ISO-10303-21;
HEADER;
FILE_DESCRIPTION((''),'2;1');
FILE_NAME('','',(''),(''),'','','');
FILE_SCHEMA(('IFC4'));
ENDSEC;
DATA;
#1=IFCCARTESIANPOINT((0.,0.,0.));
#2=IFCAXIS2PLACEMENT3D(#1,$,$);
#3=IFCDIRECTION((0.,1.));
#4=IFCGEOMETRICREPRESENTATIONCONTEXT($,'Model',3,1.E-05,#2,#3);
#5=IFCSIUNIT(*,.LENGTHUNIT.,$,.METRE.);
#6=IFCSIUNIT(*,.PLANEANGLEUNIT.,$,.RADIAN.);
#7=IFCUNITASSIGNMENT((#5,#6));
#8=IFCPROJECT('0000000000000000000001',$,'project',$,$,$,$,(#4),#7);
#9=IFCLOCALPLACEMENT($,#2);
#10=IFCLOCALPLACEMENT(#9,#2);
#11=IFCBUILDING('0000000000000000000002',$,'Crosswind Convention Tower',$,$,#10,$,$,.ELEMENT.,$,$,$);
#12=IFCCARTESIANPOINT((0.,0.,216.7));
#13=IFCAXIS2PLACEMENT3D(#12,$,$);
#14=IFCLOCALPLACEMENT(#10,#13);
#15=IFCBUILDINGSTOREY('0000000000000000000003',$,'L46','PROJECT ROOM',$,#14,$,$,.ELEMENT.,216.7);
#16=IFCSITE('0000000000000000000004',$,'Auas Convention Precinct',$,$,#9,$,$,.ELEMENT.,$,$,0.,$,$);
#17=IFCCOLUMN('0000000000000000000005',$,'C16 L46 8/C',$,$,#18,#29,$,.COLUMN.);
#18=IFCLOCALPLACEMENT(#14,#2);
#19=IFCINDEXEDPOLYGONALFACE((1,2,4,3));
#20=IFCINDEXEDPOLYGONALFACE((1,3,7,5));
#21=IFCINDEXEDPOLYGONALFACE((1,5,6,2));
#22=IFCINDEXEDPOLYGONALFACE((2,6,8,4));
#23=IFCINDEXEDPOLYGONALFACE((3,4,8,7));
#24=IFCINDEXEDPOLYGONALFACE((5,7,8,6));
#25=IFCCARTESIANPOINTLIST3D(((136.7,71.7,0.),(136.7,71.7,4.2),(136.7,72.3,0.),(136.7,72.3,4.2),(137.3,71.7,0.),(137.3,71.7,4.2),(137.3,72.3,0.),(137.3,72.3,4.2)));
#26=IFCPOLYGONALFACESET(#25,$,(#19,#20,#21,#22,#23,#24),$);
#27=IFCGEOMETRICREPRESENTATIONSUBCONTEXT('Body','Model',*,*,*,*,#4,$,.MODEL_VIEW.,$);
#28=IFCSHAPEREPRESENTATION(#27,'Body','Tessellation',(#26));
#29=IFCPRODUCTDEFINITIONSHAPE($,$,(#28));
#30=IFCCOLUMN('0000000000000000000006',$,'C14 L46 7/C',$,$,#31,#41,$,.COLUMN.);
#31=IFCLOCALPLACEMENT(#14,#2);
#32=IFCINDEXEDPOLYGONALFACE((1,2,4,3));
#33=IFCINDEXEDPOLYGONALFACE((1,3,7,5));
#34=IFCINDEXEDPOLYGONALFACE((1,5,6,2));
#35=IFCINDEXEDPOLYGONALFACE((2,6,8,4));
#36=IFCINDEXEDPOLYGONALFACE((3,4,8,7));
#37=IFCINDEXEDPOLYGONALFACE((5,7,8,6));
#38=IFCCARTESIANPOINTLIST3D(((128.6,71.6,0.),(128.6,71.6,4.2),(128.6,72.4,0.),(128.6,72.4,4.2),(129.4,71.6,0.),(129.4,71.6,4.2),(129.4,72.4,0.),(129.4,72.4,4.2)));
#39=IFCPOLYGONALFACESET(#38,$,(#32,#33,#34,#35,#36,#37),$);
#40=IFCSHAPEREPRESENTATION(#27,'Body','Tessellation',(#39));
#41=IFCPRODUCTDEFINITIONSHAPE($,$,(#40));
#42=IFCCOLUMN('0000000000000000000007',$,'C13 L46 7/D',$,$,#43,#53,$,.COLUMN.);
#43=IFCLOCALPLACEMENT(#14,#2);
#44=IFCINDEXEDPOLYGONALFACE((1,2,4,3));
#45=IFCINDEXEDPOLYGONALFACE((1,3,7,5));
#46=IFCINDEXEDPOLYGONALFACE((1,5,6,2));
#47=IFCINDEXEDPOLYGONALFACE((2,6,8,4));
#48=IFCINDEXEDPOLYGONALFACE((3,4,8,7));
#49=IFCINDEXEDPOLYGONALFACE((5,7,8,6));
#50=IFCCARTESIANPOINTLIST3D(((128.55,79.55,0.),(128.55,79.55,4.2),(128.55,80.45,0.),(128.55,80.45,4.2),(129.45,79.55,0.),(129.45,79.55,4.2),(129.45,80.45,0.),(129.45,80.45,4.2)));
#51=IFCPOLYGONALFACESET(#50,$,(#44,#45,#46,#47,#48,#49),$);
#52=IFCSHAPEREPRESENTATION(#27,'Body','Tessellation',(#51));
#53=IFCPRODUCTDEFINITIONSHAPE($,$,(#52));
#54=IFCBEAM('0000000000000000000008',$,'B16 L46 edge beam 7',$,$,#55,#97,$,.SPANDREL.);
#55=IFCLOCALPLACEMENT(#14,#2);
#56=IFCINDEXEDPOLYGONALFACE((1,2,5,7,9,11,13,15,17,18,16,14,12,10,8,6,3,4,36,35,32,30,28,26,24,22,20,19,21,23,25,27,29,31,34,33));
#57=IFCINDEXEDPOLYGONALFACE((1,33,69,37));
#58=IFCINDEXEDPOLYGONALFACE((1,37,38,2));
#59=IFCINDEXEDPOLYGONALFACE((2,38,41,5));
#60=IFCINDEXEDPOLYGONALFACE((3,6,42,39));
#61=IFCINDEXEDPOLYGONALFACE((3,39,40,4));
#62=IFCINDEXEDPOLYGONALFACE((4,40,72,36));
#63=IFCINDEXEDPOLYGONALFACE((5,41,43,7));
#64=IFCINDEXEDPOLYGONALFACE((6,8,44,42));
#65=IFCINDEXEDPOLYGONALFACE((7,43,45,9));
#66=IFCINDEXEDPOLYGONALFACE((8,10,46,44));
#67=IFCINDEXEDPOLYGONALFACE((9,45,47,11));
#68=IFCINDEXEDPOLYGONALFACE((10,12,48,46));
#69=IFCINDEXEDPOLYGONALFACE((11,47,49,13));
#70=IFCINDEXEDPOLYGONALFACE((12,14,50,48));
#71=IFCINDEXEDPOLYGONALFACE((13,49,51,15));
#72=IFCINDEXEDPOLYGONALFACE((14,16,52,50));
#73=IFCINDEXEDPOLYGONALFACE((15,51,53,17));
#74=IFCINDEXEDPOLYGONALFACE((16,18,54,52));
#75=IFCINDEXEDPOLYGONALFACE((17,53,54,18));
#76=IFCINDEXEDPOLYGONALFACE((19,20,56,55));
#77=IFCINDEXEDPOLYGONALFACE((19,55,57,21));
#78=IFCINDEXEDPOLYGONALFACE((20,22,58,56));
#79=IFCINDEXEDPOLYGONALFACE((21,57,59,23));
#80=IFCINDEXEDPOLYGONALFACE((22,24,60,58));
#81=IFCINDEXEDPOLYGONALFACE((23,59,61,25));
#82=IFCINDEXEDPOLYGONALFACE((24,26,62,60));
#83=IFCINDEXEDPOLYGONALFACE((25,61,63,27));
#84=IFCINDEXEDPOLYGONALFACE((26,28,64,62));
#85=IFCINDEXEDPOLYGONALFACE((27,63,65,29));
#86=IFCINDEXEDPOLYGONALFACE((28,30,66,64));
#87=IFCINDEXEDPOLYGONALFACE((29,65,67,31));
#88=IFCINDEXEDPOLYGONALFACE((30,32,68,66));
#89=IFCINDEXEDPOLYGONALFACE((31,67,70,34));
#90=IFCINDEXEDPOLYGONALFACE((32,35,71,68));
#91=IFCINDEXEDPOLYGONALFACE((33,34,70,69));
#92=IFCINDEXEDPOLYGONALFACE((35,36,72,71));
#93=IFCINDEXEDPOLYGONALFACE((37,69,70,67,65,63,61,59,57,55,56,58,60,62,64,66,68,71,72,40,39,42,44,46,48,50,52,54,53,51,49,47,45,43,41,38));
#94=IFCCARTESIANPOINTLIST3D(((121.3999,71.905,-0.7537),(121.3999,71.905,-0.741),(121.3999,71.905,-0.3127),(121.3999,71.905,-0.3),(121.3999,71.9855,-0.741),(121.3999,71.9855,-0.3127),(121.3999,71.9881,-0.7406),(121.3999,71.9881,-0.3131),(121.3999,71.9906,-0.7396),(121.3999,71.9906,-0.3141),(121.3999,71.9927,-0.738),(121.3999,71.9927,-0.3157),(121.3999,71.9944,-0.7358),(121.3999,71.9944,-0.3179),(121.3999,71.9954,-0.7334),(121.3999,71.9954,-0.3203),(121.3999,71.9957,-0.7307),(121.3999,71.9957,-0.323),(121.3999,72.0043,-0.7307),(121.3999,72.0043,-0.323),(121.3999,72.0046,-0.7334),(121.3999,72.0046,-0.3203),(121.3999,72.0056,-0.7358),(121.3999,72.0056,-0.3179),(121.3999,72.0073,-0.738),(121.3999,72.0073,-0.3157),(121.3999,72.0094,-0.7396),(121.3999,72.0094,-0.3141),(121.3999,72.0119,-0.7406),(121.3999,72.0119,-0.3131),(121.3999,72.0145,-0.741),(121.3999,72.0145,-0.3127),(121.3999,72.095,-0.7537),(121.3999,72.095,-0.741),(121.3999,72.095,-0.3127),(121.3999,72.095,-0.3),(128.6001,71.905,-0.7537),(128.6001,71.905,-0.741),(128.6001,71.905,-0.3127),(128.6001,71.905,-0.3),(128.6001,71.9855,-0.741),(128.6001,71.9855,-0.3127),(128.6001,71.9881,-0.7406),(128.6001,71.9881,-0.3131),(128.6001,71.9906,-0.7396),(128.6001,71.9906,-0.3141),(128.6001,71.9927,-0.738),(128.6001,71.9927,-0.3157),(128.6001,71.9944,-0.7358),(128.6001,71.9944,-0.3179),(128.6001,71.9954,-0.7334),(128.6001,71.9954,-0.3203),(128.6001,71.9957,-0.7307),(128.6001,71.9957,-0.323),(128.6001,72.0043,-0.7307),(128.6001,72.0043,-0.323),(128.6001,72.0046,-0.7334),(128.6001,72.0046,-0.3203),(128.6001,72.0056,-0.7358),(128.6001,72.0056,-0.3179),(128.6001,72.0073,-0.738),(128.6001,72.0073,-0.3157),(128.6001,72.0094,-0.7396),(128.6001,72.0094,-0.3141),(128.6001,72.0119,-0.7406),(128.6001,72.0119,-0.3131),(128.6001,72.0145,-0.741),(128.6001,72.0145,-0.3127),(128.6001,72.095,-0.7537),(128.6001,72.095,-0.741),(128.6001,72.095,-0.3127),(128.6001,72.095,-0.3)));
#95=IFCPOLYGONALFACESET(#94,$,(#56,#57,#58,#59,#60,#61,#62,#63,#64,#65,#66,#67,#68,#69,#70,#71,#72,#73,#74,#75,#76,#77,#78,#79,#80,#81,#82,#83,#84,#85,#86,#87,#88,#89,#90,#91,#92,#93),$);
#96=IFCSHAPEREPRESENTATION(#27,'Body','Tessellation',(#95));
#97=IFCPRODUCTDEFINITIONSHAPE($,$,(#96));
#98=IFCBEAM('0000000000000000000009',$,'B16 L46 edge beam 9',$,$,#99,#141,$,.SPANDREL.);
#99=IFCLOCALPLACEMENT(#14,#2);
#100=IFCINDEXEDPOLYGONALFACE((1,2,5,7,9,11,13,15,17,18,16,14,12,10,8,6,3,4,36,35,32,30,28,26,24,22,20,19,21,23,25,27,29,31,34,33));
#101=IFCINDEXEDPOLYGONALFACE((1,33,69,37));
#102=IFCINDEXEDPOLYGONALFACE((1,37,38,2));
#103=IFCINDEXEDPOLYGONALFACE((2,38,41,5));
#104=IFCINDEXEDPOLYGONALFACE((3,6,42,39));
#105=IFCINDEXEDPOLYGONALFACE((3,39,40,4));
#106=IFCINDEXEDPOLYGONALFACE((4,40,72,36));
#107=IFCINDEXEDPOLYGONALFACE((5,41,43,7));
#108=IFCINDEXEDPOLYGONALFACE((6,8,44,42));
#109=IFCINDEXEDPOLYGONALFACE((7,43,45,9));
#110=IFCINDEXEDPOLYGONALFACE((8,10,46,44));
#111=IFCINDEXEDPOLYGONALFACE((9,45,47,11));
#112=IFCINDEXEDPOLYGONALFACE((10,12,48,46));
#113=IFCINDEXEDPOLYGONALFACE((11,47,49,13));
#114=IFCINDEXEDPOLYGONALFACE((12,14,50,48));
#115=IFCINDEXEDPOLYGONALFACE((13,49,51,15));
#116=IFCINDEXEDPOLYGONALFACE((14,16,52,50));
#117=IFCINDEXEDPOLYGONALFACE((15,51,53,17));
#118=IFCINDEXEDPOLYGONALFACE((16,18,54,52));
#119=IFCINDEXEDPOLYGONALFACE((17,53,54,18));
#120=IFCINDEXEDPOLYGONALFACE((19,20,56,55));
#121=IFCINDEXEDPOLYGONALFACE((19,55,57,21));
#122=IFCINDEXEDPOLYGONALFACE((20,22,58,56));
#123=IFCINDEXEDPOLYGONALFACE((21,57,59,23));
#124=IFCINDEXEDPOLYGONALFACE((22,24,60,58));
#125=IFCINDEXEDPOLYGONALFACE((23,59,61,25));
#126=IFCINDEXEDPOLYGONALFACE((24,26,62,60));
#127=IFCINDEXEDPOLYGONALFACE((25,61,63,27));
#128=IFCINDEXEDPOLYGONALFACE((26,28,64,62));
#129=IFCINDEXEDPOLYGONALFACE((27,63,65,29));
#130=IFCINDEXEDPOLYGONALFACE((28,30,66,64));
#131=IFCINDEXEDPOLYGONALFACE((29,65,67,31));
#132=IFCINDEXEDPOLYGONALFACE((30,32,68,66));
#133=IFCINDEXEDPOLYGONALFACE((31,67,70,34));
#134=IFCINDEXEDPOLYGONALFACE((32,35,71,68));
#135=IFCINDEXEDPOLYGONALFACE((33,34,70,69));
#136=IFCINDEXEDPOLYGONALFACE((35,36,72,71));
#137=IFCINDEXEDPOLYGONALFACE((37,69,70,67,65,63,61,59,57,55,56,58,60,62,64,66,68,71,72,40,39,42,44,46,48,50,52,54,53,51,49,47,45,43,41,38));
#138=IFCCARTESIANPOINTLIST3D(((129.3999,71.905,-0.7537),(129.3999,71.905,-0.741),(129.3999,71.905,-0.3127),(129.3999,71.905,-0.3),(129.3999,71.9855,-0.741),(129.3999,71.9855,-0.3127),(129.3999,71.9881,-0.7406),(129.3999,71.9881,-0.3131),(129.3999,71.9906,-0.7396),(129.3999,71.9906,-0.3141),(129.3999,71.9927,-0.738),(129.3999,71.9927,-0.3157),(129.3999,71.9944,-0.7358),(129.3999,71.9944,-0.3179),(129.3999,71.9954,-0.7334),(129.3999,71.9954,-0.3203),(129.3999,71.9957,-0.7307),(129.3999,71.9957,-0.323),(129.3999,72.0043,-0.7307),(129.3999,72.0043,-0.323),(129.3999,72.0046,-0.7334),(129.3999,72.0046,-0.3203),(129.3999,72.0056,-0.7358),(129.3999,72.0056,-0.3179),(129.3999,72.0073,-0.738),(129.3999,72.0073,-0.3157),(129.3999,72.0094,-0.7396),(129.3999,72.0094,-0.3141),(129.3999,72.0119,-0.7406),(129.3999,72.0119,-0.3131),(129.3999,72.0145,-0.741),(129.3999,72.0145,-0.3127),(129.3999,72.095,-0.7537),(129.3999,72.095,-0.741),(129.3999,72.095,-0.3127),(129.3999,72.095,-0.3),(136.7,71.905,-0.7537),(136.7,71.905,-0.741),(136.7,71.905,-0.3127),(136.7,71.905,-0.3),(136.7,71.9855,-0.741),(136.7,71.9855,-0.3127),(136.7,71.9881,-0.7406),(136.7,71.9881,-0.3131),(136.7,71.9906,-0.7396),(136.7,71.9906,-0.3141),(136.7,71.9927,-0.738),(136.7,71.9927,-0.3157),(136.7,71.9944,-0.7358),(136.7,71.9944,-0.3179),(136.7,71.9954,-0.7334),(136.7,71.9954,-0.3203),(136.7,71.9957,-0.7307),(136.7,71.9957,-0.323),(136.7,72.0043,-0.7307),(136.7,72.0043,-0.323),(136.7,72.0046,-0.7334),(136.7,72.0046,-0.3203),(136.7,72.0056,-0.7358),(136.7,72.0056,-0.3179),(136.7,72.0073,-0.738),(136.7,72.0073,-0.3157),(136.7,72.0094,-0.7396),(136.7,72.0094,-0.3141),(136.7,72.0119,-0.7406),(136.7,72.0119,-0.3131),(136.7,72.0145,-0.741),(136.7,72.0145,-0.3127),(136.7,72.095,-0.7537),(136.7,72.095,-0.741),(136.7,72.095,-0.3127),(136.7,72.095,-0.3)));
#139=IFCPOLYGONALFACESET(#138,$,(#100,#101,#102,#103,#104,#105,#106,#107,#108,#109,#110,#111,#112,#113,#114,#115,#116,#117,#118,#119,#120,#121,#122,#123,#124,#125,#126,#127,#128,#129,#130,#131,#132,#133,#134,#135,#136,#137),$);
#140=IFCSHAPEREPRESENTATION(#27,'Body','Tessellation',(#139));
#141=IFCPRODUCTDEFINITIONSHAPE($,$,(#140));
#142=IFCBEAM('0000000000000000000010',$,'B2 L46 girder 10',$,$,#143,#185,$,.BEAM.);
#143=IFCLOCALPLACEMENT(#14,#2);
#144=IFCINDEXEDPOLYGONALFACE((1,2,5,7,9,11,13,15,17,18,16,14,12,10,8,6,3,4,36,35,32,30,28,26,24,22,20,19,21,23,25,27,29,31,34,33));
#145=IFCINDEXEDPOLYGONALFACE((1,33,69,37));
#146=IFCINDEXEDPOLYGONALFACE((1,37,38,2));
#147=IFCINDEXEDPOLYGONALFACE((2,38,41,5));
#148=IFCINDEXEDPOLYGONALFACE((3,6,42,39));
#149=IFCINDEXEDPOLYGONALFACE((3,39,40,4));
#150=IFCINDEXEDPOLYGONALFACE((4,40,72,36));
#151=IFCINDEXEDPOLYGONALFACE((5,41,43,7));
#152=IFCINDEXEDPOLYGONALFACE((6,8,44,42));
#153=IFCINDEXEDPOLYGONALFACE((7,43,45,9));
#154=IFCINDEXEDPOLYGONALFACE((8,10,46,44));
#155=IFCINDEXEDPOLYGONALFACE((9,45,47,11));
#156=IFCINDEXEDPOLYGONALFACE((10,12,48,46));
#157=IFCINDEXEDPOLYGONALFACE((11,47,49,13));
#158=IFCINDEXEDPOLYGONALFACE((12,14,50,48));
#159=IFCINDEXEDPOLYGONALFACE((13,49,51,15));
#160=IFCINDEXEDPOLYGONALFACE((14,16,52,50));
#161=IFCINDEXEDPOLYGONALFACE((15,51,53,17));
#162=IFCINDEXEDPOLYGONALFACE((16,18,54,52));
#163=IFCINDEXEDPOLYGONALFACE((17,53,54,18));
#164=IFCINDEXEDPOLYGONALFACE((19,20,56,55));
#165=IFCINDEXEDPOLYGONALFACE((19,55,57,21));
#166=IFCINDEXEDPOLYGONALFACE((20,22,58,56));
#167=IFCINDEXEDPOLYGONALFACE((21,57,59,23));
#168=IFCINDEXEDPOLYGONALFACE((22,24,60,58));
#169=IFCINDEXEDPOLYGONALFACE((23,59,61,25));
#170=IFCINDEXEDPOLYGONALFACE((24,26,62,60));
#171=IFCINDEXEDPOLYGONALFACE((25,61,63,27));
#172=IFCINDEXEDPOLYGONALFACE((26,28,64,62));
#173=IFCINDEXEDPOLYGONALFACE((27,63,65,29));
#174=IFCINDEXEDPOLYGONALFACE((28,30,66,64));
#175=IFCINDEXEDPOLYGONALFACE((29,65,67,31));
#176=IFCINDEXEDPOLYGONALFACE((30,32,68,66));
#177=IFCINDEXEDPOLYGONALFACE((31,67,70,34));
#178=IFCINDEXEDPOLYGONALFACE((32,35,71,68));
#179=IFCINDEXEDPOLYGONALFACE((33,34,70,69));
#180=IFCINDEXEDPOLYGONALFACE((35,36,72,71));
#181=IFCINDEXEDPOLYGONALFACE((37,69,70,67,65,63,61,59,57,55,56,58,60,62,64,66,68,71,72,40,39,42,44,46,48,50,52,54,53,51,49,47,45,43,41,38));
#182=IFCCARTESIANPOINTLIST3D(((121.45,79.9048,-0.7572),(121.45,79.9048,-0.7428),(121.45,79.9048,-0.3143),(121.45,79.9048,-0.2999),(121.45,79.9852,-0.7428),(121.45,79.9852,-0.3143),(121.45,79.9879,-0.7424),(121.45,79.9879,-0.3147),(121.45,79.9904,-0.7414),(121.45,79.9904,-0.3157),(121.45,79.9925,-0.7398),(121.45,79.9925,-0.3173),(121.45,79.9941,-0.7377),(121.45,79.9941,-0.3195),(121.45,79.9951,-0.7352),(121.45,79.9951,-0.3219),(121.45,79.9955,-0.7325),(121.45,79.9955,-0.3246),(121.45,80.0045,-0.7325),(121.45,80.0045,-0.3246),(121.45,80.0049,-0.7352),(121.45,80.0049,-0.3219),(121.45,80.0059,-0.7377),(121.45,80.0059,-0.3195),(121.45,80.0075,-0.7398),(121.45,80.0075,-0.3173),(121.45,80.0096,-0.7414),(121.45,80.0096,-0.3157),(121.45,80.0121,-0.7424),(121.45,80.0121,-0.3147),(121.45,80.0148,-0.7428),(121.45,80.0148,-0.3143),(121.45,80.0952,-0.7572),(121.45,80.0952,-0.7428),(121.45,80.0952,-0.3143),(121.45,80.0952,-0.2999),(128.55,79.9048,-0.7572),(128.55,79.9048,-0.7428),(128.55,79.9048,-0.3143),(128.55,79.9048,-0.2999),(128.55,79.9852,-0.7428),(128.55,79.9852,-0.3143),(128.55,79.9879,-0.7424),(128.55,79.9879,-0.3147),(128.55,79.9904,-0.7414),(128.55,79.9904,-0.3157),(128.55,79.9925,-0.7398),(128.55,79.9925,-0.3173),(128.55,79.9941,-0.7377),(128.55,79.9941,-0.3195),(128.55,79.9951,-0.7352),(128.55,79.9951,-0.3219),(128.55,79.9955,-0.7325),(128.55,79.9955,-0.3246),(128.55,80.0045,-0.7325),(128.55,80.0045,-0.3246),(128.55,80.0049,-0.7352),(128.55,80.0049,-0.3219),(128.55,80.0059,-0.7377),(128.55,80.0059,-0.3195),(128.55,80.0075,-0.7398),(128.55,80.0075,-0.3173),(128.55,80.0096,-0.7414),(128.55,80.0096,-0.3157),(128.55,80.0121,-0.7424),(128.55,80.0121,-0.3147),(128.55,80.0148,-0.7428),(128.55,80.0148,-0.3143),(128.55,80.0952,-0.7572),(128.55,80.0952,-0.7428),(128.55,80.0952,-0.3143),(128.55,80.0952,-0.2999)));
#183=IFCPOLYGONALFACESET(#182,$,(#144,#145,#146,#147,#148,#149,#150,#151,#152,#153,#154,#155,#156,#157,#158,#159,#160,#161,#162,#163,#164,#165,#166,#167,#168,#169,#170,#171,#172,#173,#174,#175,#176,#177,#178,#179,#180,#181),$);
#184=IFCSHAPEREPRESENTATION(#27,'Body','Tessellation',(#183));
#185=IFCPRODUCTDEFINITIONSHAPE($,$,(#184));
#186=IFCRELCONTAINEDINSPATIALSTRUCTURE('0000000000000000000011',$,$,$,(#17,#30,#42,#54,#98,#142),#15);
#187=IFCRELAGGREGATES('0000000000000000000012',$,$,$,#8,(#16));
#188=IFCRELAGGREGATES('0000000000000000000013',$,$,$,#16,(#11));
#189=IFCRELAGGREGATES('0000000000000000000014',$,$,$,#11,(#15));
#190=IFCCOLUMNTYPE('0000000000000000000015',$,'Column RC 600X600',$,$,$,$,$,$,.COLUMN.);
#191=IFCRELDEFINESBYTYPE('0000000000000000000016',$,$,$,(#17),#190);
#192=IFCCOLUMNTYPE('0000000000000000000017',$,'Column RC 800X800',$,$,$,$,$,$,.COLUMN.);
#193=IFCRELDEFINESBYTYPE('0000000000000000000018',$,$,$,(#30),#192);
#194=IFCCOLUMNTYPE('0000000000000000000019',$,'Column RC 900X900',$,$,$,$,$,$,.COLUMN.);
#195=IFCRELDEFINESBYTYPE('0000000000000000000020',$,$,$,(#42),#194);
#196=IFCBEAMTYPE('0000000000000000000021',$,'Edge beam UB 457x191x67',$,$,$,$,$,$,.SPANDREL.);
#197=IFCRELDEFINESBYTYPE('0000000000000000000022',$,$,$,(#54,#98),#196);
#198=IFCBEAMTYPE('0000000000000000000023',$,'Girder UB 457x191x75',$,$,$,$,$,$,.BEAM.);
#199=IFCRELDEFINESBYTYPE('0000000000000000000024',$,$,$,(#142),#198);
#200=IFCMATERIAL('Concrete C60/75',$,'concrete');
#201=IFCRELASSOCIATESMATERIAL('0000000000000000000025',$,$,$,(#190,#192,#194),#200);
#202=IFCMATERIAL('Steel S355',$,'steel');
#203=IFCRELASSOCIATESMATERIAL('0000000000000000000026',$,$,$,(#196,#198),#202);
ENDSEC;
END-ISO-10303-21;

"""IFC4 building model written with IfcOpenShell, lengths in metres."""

from ifc_helpers import new_model, si_unit, direction, frame, origin, origin_2d, place, context, subcontext, project, spatial, rectangle, i_section, extrude, material, material_profile, profile_set, type_object, element, save


model = new_model("IFC4")

# Units and contexts
model_context = context("Model", 3, precision=1e-05, world=origin(), true_north=direction((0.0, 1.0)))
body_context = subcontext(model_context, "Body", "Model", "MODEL_VIEW")
ifc_project = project(units=[si_unit("LENGTHUNIT", "METRE"), si_unit("PLANEANGLEUNIT", "RADIAN")], contexts=[model_context])

# Site, building, storey
site_placement = place(None, origin())
site = spatial("IfcSite", under=ifc_project, at=site_placement, Name="Auas Convention Precinct", CompositionType="ELEMENT", RefElevation=0.0)
building_placement = place(site_placement, origin())
building = spatial("IfcBuilding", under=site, at=building_placement, Name="Crosswind Convention Tower", CompositionType="ELEMENT")
storey_placement = place(building_placement, frame((0.0, 0.0, 216.7)))
storey = spatial("IfcBuildingStorey", under=building, at=storey_placement, Name="L46", Description="PROJECT ROOM", CompositionType="ELEMENT", Elevation=216.7)

# Columns
ifc_material_1 = material(Name="Concrete C60/75", Category="concrete")
ifc_material_profile_1 = material_profile(ifc_material_1, rectangle(XDim=0.6001, YDim=0.6001, at=origin_2d()), Name="RC 600X600")
ifc_profile_set_1 = profile_set([ifc_material_profile_1], Name="Concrete C60/75")
column_type_1 = type_object("IfcColumnType", Name="Column RC 600X600", PredefinedType="COLUMN", material=ifc_profile_set_1)
column_1_placement = place(storey_placement, frame((137.0, 72.0, 0.0), z_axis=(0.0, 0.0, 1.0), x_axis=(1.0, 0.0, 0.0)))
element("IfcColumn", 1, at=column_1_placement, inside=storey, type_object=column_type_1, Name="C16 L46 8/C", PredefinedType="COLUMN", context=body_context, shape_type="SweptSolid", body=[
    extrude(rectangle(XDim=0.6001, YDim=0.6001, at=origin_2d()), origin(), (0.0, 0.0, 1.0), 4.2),
])
ifc_material_profile_2 = material_profile(ifc_material_1, rectangle(XDim=0.8, YDim=0.8, at=origin_2d()), Name="RC 800X800")
ifc_profile_set_2 = profile_set([ifc_material_profile_2], Name="Concrete C60/75")
column_type_2 = type_object("IfcColumnType", Name="Column RC 800X800", PredefinedType="COLUMN", material=ifc_profile_set_2)
column_2_placement = place(storey_placement, frame((129.0, 72.0, 0.0), z_axis=(0.0, 0.0, 1.0), x_axis=(1.0, 0.0, 0.0)))
element("IfcColumn", 2, at=column_2_placement, inside=storey, type_object=column_type_2, Name="C14 L46 7/C", PredefinedType="COLUMN", context=body_context, shape_type="SweptSolid", body=[
    extrude(rectangle(XDim=0.8, YDim=0.8, at=origin_2d()), origin(), (0.0, 0.0, 1.0), 4.2),
])
ifc_material_profile_3 = material_profile(ifc_material_1, rectangle(XDim=0.8999, YDim=0.8999, at=origin_2d()), Name="RC 900X900")
ifc_profile_set_3 = profile_set([ifc_material_profile_3], Name="Concrete C60/75")
column_type_3 = type_object("IfcColumnType", Name="Column RC 900X900", PredefinedType="COLUMN", material=ifc_profile_set_3)
column_3_placement = place(storey_placement, frame((129.0, 80.0, 0.0), z_axis=(0.0, 0.0, 1.0), x_axis=(1.0, 0.0, 0.0)))
element("IfcColumn", 3, at=column_3_placement, inside=storey, type_object=column_type_3, Name="C13 L46 7/D", PredefinedType="COLUMN", context=body_context, shape_type="SweptSolid", body=[
    extrude(rectangle(XDim=0.8999, YDim=0.8999, at=origin_2d()), origin(), (0.0, 0.0, 1.0), 4.2),
])

# Beams
ifc_material_2 = material(Name="Steel S355", Category="steel")
ifc_material_profile_4 = material_profile(ifc_material_2, i_section(OverallWidth=0.1899, OverallDepth=0.4536, WebThickness=0.0085, FlangeThickness=0.0127, FilletRadius=0.0103, at=origin_2d()), Name="UB 457x191x67")
ifc_profile_set_4 = profile_set([ifc_material_profile_4], Name="Steel S355")
beam_type_1 = type_object("IfcBeamType", Name="Edge beam UB 457x191x67", PredefinedType="SPANDREL", material=ifc_profile_set_4)
beam_1_placement = place(storey_placement, frame((121.3999, 72.0, -0.5269), z_axis=(1.0, 0.0, 0.0), x_axis=(0.0, 1.0, 0.0)))
element("IfcBeam", 4, at=beam_1_placement, inside=storey, type_object=beam_type_1, Name="B16 L46 edge beam 7", PredefinedType="SPANDREL", context=body_context, shape_type="SweptSolid", body=[
    extrude(i_section(OverallWidth=0.1899, OverallDepth=0.4536, WebThickness=0.0085, FlangeThickness=0.0127, FilletRadius=0.0103, at=origin_2d()), origin(), (0.0, 0.0, 1.0), 7.2002),
])
beam_2_placement = place(storey_placement, frame((129.3999, 72.0, -0.5269), z_axis=(1.0, 0.0, 0.0), x_axis=(0.0, 1.0, 0.0)))
element("IfcBeam", 5, at=beam_2_placement, inside=storey, type_object=beam_type_1, Name="B16 L46 edge beam 9", PredefinedType="SPANDREL", context=body_context, shape_type="SweptSolid", body=[
    extrude(i_section(OverallWidth=0.1899, OverallDepth=0.4536, WebThickness=0.0085, FlangeThickness=0.0127, FilletRadius=0.0103, at=origin_2d()), origin(), (0.0, 0.0, 1.0), 7.3),
])
ifc_material_profile_5 = material_profile(ifc_material_2, i_section(OverallWidth=0.1904, OverallDepth=0.4573, WebThickness=0.009, FlangeThickness=0.0144, FilletRadius=0.0103, at=origin_2d()), Name="UB 457x191x75")
ifc_profile_set_5 = profile_set([ifc_material_profile_5], Name="Steel S355")
beam_type_2 = type_object("IfcBeamType", Name="Girder UB 457x191x75", PredefinedType="BEAM", material=ifc_profile_set_5)
beam_3_placement = place(storey_placement, frame((121.45, 80.0, -0.5286), z_axis=(1.0, 0.0, 0.0), x_axis=(0.0, 1.0, 0.0)))
element("IfcBeam", 6, at=beam_3_placement, inside=storey, type_object=beam_type_2, Name="B2 L46 girder 10", PredefinedType="BEAM", context=body_context, shape_type="SweptSolid", body=[
    extrude(i_section(OverallWidth=0.1904, OverallDepth=0.4573, WebThickness=0.009, FlangeThickness=0.0144, FilletRadius=0.0103, at=origin_2d()), origin(), (0.0, 0.0, 1.0), 7.1001),
])

save(model, "model.ifc")
